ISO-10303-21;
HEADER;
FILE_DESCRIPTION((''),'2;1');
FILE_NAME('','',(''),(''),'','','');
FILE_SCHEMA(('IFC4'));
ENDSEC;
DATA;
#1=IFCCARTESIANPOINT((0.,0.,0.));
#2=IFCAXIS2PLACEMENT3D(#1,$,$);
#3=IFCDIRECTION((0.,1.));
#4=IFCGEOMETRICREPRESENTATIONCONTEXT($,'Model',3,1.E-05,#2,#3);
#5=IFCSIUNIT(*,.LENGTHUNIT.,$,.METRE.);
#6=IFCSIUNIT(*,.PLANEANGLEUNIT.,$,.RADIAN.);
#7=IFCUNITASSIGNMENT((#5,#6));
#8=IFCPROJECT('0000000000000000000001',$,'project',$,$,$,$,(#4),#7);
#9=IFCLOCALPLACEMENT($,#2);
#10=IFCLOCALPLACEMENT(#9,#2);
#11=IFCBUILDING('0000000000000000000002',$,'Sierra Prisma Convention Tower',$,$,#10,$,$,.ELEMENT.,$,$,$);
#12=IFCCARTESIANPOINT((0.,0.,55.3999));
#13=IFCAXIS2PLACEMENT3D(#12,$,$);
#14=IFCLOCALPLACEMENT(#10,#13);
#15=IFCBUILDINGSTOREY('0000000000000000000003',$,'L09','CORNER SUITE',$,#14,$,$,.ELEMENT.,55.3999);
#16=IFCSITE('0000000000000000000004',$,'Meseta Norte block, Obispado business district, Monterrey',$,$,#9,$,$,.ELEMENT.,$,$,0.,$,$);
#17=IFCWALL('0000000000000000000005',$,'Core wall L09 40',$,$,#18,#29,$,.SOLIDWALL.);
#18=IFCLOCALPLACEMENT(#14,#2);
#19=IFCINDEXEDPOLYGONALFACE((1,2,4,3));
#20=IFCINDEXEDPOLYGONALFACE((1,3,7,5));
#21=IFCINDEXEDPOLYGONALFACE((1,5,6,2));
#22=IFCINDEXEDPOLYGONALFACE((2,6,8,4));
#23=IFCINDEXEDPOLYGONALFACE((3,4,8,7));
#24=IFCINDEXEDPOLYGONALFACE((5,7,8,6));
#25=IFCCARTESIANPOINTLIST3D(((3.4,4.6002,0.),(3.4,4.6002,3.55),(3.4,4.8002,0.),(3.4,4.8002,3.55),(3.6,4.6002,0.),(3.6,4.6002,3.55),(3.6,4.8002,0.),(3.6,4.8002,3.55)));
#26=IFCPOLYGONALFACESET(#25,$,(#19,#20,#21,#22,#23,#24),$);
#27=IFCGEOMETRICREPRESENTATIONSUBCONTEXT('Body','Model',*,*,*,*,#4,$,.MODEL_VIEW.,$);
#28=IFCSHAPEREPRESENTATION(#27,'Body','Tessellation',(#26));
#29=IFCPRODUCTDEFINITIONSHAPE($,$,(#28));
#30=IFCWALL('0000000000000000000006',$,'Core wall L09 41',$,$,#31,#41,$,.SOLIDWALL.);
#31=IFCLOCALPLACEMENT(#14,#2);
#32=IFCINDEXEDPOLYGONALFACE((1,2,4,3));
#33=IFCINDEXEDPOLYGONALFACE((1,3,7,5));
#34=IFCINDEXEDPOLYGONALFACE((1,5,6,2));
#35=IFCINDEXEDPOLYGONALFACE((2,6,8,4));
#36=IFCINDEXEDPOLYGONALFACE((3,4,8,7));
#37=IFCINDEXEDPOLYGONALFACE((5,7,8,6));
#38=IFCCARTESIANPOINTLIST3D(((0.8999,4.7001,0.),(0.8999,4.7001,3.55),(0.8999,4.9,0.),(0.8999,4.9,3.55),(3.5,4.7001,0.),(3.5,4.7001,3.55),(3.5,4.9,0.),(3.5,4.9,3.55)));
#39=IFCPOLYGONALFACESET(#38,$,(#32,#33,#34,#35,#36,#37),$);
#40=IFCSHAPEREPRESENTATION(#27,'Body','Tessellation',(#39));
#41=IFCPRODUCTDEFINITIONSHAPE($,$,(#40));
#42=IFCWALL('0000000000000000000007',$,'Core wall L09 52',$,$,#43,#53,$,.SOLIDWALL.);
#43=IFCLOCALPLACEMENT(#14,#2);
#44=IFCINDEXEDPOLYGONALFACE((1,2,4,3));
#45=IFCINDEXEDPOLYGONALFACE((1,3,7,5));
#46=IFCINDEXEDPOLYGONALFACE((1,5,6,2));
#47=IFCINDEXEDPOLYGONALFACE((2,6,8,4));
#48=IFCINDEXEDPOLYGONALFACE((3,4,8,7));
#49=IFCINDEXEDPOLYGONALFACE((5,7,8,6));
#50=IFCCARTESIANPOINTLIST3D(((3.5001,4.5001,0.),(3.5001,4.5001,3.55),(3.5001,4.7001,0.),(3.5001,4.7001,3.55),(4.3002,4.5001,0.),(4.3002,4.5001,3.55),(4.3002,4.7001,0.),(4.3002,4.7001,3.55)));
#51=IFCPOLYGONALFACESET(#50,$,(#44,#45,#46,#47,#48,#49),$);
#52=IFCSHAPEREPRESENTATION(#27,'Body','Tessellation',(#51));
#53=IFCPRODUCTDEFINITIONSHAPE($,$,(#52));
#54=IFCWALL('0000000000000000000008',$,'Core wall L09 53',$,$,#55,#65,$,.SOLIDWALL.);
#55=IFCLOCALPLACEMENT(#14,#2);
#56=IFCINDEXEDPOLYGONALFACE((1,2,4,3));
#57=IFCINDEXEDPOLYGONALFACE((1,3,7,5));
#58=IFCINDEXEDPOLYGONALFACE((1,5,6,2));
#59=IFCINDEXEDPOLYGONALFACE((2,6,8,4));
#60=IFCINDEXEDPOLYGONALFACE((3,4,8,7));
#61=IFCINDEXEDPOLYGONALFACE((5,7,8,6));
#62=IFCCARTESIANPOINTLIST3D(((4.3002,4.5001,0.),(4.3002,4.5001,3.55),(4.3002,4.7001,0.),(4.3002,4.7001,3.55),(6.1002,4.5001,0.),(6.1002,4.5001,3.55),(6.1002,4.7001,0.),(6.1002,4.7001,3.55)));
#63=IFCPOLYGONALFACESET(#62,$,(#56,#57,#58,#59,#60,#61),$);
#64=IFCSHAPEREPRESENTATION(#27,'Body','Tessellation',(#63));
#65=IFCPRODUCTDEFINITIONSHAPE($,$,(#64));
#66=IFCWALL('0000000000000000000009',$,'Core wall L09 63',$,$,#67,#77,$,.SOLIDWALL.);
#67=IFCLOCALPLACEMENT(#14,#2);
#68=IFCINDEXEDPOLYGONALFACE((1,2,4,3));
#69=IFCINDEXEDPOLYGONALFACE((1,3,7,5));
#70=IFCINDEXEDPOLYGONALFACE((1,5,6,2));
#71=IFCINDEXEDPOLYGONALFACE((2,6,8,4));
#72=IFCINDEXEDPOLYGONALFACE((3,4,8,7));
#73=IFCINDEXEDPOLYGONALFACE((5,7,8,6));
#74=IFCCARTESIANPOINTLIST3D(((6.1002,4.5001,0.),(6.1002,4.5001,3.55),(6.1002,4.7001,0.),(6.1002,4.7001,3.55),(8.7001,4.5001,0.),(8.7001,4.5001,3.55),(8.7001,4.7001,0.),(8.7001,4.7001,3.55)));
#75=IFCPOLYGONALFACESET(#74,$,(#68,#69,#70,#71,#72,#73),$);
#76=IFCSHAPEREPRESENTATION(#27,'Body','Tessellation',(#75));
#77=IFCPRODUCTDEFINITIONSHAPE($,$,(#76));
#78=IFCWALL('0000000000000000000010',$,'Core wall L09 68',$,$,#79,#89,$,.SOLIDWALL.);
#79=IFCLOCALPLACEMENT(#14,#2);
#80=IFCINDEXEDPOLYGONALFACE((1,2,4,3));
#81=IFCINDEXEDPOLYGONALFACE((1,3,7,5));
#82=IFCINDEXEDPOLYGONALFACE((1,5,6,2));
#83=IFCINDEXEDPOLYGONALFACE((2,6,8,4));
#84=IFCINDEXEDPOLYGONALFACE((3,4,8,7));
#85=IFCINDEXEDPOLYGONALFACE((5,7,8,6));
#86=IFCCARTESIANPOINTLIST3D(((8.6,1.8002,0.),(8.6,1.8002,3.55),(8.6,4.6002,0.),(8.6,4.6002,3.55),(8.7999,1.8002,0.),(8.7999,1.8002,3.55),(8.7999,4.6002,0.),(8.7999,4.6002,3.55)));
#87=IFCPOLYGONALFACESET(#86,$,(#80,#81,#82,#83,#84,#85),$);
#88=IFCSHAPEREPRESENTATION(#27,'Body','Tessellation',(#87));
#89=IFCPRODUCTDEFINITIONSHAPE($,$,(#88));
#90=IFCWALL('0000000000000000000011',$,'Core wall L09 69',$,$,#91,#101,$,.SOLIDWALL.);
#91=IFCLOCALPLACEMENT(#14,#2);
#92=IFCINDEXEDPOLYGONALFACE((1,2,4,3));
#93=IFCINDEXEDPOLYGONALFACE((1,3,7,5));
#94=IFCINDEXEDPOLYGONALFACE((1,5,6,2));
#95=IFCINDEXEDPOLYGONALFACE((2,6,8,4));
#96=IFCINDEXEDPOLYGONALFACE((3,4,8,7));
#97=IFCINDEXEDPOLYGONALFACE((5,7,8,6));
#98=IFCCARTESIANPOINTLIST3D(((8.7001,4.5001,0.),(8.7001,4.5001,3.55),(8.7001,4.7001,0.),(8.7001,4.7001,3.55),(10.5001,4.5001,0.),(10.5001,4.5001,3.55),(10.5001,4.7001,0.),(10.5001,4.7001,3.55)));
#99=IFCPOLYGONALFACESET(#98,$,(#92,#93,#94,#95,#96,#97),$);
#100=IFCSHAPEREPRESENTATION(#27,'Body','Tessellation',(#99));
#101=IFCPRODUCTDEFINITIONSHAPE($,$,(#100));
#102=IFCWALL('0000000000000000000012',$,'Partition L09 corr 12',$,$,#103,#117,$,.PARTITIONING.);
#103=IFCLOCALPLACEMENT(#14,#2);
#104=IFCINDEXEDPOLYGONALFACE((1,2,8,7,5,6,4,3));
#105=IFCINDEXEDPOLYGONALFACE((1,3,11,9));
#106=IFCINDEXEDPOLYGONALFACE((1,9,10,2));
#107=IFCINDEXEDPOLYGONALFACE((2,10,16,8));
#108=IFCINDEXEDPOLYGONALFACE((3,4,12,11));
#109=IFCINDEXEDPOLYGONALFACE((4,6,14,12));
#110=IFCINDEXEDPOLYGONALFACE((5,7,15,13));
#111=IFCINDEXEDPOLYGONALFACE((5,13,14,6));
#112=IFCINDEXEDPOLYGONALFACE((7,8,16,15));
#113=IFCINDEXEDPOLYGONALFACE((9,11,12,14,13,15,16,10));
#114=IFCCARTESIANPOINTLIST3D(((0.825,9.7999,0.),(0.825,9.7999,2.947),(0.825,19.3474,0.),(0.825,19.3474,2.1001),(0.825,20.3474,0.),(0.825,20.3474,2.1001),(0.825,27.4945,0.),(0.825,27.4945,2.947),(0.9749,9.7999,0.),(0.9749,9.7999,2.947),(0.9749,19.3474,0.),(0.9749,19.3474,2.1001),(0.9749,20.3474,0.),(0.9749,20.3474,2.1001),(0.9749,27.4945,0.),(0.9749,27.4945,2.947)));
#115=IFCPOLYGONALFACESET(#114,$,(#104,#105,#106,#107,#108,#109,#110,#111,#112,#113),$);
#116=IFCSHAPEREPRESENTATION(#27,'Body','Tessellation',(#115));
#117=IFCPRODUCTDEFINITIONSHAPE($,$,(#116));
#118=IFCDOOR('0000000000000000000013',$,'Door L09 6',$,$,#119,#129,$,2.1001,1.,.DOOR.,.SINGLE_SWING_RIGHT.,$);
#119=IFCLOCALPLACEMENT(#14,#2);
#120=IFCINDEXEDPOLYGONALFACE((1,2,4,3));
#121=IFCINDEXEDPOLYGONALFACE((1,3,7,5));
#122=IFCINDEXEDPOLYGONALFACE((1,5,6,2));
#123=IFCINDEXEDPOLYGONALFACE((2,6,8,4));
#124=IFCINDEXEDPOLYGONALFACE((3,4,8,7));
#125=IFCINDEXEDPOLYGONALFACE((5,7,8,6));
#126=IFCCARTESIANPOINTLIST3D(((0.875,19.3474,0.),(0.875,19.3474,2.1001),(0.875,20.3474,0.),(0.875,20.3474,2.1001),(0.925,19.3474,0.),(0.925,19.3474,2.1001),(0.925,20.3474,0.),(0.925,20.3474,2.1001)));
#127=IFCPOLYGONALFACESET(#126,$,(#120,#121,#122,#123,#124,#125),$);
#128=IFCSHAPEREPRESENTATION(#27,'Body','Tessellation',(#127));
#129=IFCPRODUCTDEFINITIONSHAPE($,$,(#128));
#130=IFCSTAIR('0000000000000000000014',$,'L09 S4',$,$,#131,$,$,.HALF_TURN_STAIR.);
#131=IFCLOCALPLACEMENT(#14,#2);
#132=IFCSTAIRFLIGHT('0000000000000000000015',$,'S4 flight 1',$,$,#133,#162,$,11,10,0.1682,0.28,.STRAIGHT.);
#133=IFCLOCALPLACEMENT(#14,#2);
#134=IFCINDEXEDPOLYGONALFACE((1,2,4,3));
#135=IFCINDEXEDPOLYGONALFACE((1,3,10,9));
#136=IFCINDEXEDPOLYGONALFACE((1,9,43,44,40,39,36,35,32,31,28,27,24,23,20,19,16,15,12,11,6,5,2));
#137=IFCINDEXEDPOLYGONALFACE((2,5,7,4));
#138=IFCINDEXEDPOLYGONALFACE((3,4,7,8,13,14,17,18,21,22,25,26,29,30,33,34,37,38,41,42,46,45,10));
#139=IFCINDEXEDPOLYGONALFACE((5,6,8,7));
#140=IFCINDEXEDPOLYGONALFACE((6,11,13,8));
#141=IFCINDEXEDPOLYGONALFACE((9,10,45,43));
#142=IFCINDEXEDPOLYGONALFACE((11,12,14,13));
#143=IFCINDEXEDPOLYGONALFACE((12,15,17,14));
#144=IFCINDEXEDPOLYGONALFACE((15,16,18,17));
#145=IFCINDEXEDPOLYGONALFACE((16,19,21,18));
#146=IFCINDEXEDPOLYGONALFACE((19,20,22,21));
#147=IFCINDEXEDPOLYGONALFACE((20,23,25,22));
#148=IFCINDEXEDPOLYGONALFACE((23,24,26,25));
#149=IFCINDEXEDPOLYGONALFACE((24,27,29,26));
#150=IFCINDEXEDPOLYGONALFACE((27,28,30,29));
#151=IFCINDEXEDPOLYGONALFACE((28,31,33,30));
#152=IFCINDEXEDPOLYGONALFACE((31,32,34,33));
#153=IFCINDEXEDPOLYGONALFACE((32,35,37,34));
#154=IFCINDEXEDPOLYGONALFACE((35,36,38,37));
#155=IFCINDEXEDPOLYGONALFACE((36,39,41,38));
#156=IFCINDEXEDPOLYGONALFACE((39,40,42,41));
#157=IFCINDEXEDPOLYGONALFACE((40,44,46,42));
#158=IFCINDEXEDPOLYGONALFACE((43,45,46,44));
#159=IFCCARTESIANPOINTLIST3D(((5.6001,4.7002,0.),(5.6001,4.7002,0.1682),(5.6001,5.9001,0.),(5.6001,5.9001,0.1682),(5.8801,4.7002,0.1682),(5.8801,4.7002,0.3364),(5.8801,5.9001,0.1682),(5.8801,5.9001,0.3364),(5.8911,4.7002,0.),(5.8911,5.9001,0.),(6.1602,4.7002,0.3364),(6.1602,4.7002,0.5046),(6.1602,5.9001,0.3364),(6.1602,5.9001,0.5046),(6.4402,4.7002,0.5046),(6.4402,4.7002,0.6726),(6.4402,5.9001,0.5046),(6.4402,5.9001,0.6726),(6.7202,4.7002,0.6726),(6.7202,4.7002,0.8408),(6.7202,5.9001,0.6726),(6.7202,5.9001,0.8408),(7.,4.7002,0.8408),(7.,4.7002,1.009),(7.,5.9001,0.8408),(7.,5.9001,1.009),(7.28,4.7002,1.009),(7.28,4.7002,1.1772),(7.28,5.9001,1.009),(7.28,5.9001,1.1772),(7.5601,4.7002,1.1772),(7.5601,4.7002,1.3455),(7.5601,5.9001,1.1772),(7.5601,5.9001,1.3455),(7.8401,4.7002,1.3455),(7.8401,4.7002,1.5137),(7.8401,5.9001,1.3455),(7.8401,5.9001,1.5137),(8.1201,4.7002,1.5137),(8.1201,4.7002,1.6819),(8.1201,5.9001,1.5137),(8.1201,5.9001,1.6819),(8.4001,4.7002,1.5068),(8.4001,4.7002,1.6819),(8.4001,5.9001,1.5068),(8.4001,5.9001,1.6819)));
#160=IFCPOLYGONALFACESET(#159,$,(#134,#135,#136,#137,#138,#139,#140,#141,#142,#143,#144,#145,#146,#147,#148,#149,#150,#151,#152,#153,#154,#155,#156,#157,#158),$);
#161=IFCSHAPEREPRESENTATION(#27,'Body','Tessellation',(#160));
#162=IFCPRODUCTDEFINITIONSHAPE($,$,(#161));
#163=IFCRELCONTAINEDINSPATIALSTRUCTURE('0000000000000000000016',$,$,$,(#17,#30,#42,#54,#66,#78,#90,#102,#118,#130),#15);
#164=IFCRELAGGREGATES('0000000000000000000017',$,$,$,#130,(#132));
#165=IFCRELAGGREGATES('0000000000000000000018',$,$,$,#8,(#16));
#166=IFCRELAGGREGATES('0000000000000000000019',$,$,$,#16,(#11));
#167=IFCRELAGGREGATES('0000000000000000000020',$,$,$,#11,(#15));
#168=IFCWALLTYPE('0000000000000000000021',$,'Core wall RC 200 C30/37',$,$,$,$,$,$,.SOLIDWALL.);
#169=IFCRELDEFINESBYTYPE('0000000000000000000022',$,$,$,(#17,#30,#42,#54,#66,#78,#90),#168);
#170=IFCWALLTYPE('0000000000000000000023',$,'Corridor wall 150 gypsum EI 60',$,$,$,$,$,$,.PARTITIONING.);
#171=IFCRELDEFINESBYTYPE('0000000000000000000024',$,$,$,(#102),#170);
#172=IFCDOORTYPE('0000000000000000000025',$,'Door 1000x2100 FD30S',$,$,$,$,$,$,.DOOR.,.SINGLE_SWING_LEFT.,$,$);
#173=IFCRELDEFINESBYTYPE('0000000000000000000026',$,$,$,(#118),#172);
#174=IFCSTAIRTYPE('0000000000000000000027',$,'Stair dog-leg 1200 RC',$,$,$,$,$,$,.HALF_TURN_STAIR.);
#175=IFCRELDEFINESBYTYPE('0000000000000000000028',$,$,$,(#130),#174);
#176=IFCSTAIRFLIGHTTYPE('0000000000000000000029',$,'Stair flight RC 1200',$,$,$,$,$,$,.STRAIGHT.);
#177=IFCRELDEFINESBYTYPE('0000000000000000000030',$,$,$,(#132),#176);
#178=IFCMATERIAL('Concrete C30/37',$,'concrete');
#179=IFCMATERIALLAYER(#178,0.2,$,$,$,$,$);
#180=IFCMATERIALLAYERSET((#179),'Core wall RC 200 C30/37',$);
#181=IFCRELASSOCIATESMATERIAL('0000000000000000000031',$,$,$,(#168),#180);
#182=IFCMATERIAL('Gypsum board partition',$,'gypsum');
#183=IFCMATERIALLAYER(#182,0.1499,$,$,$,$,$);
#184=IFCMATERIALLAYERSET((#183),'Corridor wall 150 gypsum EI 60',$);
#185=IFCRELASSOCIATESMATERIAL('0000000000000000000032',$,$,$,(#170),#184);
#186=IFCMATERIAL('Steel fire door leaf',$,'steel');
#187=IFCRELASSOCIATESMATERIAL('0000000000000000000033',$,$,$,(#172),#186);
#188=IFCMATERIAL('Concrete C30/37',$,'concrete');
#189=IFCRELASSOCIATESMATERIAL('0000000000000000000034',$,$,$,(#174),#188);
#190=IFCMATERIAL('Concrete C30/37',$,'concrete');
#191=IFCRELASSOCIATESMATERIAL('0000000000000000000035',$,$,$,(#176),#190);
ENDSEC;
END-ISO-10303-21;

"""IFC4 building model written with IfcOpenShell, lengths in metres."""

from ifc_helpers import new_model, si_unit, direction, frame, frame_2d, origin, place, context, subcontext, project, spatial, polyline, rectangle, outline, extrude, material, layer, layer_set, type_object, element, fill, aggregate, save


model = new_model("IFC4")

# Units and contexts
model_context = context("Model", 3, precision=1e-05, world=origin(), true_north=direction((0.0, 1.0)))
body_context = subcontext(model_context, "Body", "Model", "MODEL_VIEW")
ifc_project = project(units=[si_unit("LENGTHUNIT", "METRE"), si_unit("PLANEANGLEUNIT", "RADIAN")], contexts=[model_context])

# Site, building, storey
site_placement = place(None, origin())
site = spatial("IfcSite", under=ifc_project, at=site_placement, Name="Meseta Norte block, Obispado business district, Monterrey", CompositionType="ELEMENT", RefElevation=0.0)
building_placement = place(site_placement, origin())
building = spatial("IfcBuilding", under=site, at=building_placement, Name="Sierra Prisma Convention Tower", CompositionType="ELEMENT")
storey_placement = place(building_placement, frame((0.0, 0.0, 55.3999)))
storey = spatial("IfcBuildingStorey", under=building, at=storey_placement, Name="L09", Description="CORNER SUITE", CompositionType="ELEMENT", Elevation=55.3999)

# Walls
ifc_material_1 = material(Name="Concrete C30/37", Category="concrete")
ifc_layer_1 = layer(ifc_material_1, 0.2)
ifc_layer_set_1 = layer_set([ifc_layer_1], Name="Core wall RC 200 C30/37")
wall_type_1 = type_object("IfcWallType", Name="Core wall RC 200 C30/37", PredefinedType="SOLIDWALL", material=ifc_layer_set_1)
wall_1_placement = place(storey_placement, frame((3.5, 4.6001, 0.0), z_axis=(0.0, 0.0, 1.0), x_axis=(0.0, 1.0, 0.0)))
element("IfcWall", 1, at=wall_1_placement, inside=storey, type_object=wall_type_1, Name="Core wall L09 40", PredefinedType="SOLIDWALL", context=body_context, shape_type="SweptSolid", body=[
    extrude(rectangle(XDim=0.2, YDim=0.2, at=frame_2d((0.1001, 0.0))), origin(), (0.0, 0.0, 1.0), 3.55),
])
wall_2_placement = place(storey_placement, frame((3.5, 4.8, 0.0), z_axis=(0.0, 0.0, 1.0), x_axis=(-1.0, 0.0, 0.0)))
element("IfcWall", 2, at=wall_2_placement, inside=storey, type_object=wall_type_1, Name="Core wall L09 41", PredefinedType="SOLIDWALL", context=body_context, shape_type="SweptSolid", body=[
    extrude(rectangle(XDim=2.6001, YDim=0.2, at=frame_2d((1.3, 0.0))), origin(), (0.0, 0.0, 1.0), 3.55),
])

# Walls
wall_3_placement = place(storey_placement, frame((4.3, 4.6001, 0.0), z_axis=(0.0, 0.0, 1.0), x_axis=(-1.0, 0.0, 0.0)))
element("IfcWall", 3, at=wall_3_placement, inside=storey, type_object=wall_type_1, Name="Core wall L09 52", PredefinedType="SOLIDWALL", context=body_context, shape_type="SweptSolid", body=[
    extrude(rectangle(XDim=0.8, YDim=0.2, at=frame_2d((0.3999, 0.0))), origin(), (0.0, 0.0, 1.0), 3.55),
])
wall_4_placement = place(storey_placement, frame((6.1001, 4.6001, 0.0), z_axis=(0.0, 0.0, 1.0), x_axis=(-1.0, 0.0, 0.0)))
element("IfcWall", 4, at=wall_4_placement, inside=storey, type_object=wall_type_1, Name="Core wall L09 53", PredefinedType="SOLIDWALL", context=body_context, shape_type="SweptSolid", body=[
    extrude(rectangle(XDim=1.8, YDim=0.2, at=frame_2d((0.8999, 0.0))), origin(), (0.0, 0.0, 1.0), 3.55),
])

# Walls
wall_5_placement = place(storey_placement, frame((8.7, 4.6001, 0.0), z_axis=(0.0, 0.0, 1.0), x_axis=(-1.0, 0.0, 0.0)))
element("IfcWall", 5, at=wall_5_placement, inside=storey, type_object=wall_type_1, Name="Core wall L09 63", PredefinedType="SOLIDWALL", context=body_context, shape_type="SweptSolid", body=[
    extrude(rectangle(XDim=2.5999, YDim=0.2, at=frame_2d((1.2998, 0.0))), origin(), (0.0, 0.0, 1.0), 3.55),
])
wall_6_placement = place(storey_placement, frame((8.7, 4.6001, 0.0), z_axis=(0.0, 0.0, 1.0), x_axis=(0.0, -1.0, 0.0)))
element("IfcWall", 6, at=wall_6_placement, inside=storey, type_object=wall_type_1, Name="Core wall L09 68", PredefinedType="SOLIDWALL", context=body_context, shape_type="SweptSolid", body=[
    extrude(rectangle(XDim=2.8, YDim=0.2, at=frame_2d((1.3999, 0.0))), origin(), (0.0, 0.0, 1.0), 3.55),
])
wall_7_placement = place(storey_placement, frame((10.5, 4.6001, 0.0), z_axis=(0.0, 0.0, 1.0), x_axis=(-1.0, 0.0, 0.0)))
element("IfcWall", 7, at=wall_7_placement, inside=storey, type_object=wall_type_1, Name="Core wall L09 69", PredefinedType="SOLIDWALL", context=body_context, shape_type="SweptSolid", body=[
    extrude(rectangle(XDim=1.8, YDim=0.2, at=frame_2d((0.8999, 0.0))), origin(), (0.0, 0.0, 1.0), 3.55),
])
ifc_material_2 = material(Name="Gypsum board partition", Category="gypsum")
ifc_layer_2 = layer(ifc_material_2, 0.1499)
ifc_layer_set_2 = layer_set([ifc_layer_2], Name="Corridor wall 150 gypsum EI 60")
wall_type_2 = type_object("IfcWallType", Name="Corridor wall 150 gypsum EI 60", PredefinedType="PARTITIONING", material=ifc_layer_set_2)

# Wall, opening, door
wall_8_placement = place(storey_placement, frame((0.8999, 9.8, 0.0), z_axis=(0.0, 0.0, 1.0), x_axis=(0.0, 1.0, 0.0)))
wall_8 = element("IfcWall", 8, at=wall_8_placement, inside=storey, type_object=wall_type_2, Name="Partition L09 corr 12", PredefinedType="PARTITIONING", context=body_context, shape_type="SweptSolid", body=[
    extrude(rectangle(XDim=17.6946, YDim=0.1499, at=frame_2d((8.8472, 0.0))), origin(), (0.0, 0.0, 1.0), 2.947),
])
opening_1_placement = place(wall_8_placement, frame((9.5474, 0.0, 0.0)))
opening_1 = element("IfcOpeningElement", 9, at=opening_1_placement, cuts=wall_8, PredefinedType="OPENING", context=body_context, shape_type="SweptSolid", body=[
    extrude(rectangle(XDim=1.0, YDim=2.1001, at=frame_2d((0.5, 1.05))), frame((0.0, 0.075, 0.0), z_axis=(0.0, -1.0, 0.0), x_axis=(1.0, 0.0, 0.0)), (0.0, 0.0, 1.0), 0.1499),
])
ifc_material_3 = material(Name="Steel fire door leaf", Category="steel")
door_type_1 = type_object("IfcDoorType", Name="Door 1000x2100 FD30S", OperationType="SINGLE_SWING_LEFT", PredefinedType="DOOR", material=ifc_material_3)
door_1_placement = place(opening_1_placement, origin())
door_1 = element("IfcDoor", 10, at=door_1_placement, inside=storey, type_object=door_type_1, Name="Door L09 6", OperationType="SINGLE_SWING_RIGHT", OverallHeight=2.1001, OverallWidth=1.0, PredefinedType="DOOR", context=body_context, shape_type="SweptSolid", body=[
    extrude(rectangle(XDim=1.0, YDim=2.1001, at=frame_2d((0.5, 1.05))), frame((0.0, 0.0249, 0.0), z_axis=(0.0, -1.0, 0.0), x_axis=(1.0, 0.0, 0.0)), (0.0, 0.0, 1.0), 0.05),
])
fill(opening_1, door_1)

# Stair, stair flight
ifc_material_4 = material(Name="Concrete C30/37", Category="concrete")
stair_type = type_object("IfcStairType", Name="Stair dog-leg 1200 RC", PredefinedType="HALF_TURN_STAIR", material=ifc_material_4)
stair_placement = place(storey_placement, origin())
stair = element("IfcStair", 11, at=stair_placement, inside=storey, type_object=stair_type, Name="L09 S4", PredefinedType="HALF_TURN_STAIR")
ifc_material_5 = material(Name="Concrete C30/37", Category="concrete")
stair_flight_type = type_object("IfcStairFlightType", Name="Stair flight RC 1200", PredefinedType="STRAIGHT", material=ifc_material_5)
stair_flight_1_placement = place(storey_placement, frame((5.6001, 5.3, 0.0), z_axis=(0.0, 0.0, 1.0), x_axis=(1.0, 0.0, 0.0)))
stair_flight_1 = element("IfcStairFlight", 12, at=stair_flight_1_placement, type_object=stair_flight_type, Name="S4 flight 1", NumberOfRisers=11, NumberOfTreads=10, PredefinedType="STRAIGHT", RiserHeight=0.1682, TreadLength=0.28, context=body_context, shape_type="SweptSolid", body=[
    extrude(outline(polyline([(0.0, 0.0), (0.0, 0.1682), (0.28, 0.1682), (0.28, 0.3364), (0.5601, 0.3364), (0.5601, 0.5046), (0.8401, 0.5046), (0.8401, 0.6726), (1.1201, 0.6726), (1.1201, 0.8408), (1.3999, 0.8408), (1.3999, 1.009), (1.6799, 1.009), (1.6799, 1.1772), (1.96, 1.1772), (1.96, 1.3455), (2.24, 1.3455), (2.24, 1.5137), (2.52, 1.5137), (2.52, 1.6819), (2.8, 1.6819), (2.8, 1.8501), (2.8, 1.5068), (0.291, 0.0), (0.0, 0.0)])), frame((0.0, 0.6001, 0.0), z_axis=(0.0, -1.0, 0.0), x_axis=(1.0, 0.0, 0.0)), (0.0, 0.0, 1.0), 1.2),
])
aggregate(stair, [stair_flight_1])

save(model, "model.ifc")
